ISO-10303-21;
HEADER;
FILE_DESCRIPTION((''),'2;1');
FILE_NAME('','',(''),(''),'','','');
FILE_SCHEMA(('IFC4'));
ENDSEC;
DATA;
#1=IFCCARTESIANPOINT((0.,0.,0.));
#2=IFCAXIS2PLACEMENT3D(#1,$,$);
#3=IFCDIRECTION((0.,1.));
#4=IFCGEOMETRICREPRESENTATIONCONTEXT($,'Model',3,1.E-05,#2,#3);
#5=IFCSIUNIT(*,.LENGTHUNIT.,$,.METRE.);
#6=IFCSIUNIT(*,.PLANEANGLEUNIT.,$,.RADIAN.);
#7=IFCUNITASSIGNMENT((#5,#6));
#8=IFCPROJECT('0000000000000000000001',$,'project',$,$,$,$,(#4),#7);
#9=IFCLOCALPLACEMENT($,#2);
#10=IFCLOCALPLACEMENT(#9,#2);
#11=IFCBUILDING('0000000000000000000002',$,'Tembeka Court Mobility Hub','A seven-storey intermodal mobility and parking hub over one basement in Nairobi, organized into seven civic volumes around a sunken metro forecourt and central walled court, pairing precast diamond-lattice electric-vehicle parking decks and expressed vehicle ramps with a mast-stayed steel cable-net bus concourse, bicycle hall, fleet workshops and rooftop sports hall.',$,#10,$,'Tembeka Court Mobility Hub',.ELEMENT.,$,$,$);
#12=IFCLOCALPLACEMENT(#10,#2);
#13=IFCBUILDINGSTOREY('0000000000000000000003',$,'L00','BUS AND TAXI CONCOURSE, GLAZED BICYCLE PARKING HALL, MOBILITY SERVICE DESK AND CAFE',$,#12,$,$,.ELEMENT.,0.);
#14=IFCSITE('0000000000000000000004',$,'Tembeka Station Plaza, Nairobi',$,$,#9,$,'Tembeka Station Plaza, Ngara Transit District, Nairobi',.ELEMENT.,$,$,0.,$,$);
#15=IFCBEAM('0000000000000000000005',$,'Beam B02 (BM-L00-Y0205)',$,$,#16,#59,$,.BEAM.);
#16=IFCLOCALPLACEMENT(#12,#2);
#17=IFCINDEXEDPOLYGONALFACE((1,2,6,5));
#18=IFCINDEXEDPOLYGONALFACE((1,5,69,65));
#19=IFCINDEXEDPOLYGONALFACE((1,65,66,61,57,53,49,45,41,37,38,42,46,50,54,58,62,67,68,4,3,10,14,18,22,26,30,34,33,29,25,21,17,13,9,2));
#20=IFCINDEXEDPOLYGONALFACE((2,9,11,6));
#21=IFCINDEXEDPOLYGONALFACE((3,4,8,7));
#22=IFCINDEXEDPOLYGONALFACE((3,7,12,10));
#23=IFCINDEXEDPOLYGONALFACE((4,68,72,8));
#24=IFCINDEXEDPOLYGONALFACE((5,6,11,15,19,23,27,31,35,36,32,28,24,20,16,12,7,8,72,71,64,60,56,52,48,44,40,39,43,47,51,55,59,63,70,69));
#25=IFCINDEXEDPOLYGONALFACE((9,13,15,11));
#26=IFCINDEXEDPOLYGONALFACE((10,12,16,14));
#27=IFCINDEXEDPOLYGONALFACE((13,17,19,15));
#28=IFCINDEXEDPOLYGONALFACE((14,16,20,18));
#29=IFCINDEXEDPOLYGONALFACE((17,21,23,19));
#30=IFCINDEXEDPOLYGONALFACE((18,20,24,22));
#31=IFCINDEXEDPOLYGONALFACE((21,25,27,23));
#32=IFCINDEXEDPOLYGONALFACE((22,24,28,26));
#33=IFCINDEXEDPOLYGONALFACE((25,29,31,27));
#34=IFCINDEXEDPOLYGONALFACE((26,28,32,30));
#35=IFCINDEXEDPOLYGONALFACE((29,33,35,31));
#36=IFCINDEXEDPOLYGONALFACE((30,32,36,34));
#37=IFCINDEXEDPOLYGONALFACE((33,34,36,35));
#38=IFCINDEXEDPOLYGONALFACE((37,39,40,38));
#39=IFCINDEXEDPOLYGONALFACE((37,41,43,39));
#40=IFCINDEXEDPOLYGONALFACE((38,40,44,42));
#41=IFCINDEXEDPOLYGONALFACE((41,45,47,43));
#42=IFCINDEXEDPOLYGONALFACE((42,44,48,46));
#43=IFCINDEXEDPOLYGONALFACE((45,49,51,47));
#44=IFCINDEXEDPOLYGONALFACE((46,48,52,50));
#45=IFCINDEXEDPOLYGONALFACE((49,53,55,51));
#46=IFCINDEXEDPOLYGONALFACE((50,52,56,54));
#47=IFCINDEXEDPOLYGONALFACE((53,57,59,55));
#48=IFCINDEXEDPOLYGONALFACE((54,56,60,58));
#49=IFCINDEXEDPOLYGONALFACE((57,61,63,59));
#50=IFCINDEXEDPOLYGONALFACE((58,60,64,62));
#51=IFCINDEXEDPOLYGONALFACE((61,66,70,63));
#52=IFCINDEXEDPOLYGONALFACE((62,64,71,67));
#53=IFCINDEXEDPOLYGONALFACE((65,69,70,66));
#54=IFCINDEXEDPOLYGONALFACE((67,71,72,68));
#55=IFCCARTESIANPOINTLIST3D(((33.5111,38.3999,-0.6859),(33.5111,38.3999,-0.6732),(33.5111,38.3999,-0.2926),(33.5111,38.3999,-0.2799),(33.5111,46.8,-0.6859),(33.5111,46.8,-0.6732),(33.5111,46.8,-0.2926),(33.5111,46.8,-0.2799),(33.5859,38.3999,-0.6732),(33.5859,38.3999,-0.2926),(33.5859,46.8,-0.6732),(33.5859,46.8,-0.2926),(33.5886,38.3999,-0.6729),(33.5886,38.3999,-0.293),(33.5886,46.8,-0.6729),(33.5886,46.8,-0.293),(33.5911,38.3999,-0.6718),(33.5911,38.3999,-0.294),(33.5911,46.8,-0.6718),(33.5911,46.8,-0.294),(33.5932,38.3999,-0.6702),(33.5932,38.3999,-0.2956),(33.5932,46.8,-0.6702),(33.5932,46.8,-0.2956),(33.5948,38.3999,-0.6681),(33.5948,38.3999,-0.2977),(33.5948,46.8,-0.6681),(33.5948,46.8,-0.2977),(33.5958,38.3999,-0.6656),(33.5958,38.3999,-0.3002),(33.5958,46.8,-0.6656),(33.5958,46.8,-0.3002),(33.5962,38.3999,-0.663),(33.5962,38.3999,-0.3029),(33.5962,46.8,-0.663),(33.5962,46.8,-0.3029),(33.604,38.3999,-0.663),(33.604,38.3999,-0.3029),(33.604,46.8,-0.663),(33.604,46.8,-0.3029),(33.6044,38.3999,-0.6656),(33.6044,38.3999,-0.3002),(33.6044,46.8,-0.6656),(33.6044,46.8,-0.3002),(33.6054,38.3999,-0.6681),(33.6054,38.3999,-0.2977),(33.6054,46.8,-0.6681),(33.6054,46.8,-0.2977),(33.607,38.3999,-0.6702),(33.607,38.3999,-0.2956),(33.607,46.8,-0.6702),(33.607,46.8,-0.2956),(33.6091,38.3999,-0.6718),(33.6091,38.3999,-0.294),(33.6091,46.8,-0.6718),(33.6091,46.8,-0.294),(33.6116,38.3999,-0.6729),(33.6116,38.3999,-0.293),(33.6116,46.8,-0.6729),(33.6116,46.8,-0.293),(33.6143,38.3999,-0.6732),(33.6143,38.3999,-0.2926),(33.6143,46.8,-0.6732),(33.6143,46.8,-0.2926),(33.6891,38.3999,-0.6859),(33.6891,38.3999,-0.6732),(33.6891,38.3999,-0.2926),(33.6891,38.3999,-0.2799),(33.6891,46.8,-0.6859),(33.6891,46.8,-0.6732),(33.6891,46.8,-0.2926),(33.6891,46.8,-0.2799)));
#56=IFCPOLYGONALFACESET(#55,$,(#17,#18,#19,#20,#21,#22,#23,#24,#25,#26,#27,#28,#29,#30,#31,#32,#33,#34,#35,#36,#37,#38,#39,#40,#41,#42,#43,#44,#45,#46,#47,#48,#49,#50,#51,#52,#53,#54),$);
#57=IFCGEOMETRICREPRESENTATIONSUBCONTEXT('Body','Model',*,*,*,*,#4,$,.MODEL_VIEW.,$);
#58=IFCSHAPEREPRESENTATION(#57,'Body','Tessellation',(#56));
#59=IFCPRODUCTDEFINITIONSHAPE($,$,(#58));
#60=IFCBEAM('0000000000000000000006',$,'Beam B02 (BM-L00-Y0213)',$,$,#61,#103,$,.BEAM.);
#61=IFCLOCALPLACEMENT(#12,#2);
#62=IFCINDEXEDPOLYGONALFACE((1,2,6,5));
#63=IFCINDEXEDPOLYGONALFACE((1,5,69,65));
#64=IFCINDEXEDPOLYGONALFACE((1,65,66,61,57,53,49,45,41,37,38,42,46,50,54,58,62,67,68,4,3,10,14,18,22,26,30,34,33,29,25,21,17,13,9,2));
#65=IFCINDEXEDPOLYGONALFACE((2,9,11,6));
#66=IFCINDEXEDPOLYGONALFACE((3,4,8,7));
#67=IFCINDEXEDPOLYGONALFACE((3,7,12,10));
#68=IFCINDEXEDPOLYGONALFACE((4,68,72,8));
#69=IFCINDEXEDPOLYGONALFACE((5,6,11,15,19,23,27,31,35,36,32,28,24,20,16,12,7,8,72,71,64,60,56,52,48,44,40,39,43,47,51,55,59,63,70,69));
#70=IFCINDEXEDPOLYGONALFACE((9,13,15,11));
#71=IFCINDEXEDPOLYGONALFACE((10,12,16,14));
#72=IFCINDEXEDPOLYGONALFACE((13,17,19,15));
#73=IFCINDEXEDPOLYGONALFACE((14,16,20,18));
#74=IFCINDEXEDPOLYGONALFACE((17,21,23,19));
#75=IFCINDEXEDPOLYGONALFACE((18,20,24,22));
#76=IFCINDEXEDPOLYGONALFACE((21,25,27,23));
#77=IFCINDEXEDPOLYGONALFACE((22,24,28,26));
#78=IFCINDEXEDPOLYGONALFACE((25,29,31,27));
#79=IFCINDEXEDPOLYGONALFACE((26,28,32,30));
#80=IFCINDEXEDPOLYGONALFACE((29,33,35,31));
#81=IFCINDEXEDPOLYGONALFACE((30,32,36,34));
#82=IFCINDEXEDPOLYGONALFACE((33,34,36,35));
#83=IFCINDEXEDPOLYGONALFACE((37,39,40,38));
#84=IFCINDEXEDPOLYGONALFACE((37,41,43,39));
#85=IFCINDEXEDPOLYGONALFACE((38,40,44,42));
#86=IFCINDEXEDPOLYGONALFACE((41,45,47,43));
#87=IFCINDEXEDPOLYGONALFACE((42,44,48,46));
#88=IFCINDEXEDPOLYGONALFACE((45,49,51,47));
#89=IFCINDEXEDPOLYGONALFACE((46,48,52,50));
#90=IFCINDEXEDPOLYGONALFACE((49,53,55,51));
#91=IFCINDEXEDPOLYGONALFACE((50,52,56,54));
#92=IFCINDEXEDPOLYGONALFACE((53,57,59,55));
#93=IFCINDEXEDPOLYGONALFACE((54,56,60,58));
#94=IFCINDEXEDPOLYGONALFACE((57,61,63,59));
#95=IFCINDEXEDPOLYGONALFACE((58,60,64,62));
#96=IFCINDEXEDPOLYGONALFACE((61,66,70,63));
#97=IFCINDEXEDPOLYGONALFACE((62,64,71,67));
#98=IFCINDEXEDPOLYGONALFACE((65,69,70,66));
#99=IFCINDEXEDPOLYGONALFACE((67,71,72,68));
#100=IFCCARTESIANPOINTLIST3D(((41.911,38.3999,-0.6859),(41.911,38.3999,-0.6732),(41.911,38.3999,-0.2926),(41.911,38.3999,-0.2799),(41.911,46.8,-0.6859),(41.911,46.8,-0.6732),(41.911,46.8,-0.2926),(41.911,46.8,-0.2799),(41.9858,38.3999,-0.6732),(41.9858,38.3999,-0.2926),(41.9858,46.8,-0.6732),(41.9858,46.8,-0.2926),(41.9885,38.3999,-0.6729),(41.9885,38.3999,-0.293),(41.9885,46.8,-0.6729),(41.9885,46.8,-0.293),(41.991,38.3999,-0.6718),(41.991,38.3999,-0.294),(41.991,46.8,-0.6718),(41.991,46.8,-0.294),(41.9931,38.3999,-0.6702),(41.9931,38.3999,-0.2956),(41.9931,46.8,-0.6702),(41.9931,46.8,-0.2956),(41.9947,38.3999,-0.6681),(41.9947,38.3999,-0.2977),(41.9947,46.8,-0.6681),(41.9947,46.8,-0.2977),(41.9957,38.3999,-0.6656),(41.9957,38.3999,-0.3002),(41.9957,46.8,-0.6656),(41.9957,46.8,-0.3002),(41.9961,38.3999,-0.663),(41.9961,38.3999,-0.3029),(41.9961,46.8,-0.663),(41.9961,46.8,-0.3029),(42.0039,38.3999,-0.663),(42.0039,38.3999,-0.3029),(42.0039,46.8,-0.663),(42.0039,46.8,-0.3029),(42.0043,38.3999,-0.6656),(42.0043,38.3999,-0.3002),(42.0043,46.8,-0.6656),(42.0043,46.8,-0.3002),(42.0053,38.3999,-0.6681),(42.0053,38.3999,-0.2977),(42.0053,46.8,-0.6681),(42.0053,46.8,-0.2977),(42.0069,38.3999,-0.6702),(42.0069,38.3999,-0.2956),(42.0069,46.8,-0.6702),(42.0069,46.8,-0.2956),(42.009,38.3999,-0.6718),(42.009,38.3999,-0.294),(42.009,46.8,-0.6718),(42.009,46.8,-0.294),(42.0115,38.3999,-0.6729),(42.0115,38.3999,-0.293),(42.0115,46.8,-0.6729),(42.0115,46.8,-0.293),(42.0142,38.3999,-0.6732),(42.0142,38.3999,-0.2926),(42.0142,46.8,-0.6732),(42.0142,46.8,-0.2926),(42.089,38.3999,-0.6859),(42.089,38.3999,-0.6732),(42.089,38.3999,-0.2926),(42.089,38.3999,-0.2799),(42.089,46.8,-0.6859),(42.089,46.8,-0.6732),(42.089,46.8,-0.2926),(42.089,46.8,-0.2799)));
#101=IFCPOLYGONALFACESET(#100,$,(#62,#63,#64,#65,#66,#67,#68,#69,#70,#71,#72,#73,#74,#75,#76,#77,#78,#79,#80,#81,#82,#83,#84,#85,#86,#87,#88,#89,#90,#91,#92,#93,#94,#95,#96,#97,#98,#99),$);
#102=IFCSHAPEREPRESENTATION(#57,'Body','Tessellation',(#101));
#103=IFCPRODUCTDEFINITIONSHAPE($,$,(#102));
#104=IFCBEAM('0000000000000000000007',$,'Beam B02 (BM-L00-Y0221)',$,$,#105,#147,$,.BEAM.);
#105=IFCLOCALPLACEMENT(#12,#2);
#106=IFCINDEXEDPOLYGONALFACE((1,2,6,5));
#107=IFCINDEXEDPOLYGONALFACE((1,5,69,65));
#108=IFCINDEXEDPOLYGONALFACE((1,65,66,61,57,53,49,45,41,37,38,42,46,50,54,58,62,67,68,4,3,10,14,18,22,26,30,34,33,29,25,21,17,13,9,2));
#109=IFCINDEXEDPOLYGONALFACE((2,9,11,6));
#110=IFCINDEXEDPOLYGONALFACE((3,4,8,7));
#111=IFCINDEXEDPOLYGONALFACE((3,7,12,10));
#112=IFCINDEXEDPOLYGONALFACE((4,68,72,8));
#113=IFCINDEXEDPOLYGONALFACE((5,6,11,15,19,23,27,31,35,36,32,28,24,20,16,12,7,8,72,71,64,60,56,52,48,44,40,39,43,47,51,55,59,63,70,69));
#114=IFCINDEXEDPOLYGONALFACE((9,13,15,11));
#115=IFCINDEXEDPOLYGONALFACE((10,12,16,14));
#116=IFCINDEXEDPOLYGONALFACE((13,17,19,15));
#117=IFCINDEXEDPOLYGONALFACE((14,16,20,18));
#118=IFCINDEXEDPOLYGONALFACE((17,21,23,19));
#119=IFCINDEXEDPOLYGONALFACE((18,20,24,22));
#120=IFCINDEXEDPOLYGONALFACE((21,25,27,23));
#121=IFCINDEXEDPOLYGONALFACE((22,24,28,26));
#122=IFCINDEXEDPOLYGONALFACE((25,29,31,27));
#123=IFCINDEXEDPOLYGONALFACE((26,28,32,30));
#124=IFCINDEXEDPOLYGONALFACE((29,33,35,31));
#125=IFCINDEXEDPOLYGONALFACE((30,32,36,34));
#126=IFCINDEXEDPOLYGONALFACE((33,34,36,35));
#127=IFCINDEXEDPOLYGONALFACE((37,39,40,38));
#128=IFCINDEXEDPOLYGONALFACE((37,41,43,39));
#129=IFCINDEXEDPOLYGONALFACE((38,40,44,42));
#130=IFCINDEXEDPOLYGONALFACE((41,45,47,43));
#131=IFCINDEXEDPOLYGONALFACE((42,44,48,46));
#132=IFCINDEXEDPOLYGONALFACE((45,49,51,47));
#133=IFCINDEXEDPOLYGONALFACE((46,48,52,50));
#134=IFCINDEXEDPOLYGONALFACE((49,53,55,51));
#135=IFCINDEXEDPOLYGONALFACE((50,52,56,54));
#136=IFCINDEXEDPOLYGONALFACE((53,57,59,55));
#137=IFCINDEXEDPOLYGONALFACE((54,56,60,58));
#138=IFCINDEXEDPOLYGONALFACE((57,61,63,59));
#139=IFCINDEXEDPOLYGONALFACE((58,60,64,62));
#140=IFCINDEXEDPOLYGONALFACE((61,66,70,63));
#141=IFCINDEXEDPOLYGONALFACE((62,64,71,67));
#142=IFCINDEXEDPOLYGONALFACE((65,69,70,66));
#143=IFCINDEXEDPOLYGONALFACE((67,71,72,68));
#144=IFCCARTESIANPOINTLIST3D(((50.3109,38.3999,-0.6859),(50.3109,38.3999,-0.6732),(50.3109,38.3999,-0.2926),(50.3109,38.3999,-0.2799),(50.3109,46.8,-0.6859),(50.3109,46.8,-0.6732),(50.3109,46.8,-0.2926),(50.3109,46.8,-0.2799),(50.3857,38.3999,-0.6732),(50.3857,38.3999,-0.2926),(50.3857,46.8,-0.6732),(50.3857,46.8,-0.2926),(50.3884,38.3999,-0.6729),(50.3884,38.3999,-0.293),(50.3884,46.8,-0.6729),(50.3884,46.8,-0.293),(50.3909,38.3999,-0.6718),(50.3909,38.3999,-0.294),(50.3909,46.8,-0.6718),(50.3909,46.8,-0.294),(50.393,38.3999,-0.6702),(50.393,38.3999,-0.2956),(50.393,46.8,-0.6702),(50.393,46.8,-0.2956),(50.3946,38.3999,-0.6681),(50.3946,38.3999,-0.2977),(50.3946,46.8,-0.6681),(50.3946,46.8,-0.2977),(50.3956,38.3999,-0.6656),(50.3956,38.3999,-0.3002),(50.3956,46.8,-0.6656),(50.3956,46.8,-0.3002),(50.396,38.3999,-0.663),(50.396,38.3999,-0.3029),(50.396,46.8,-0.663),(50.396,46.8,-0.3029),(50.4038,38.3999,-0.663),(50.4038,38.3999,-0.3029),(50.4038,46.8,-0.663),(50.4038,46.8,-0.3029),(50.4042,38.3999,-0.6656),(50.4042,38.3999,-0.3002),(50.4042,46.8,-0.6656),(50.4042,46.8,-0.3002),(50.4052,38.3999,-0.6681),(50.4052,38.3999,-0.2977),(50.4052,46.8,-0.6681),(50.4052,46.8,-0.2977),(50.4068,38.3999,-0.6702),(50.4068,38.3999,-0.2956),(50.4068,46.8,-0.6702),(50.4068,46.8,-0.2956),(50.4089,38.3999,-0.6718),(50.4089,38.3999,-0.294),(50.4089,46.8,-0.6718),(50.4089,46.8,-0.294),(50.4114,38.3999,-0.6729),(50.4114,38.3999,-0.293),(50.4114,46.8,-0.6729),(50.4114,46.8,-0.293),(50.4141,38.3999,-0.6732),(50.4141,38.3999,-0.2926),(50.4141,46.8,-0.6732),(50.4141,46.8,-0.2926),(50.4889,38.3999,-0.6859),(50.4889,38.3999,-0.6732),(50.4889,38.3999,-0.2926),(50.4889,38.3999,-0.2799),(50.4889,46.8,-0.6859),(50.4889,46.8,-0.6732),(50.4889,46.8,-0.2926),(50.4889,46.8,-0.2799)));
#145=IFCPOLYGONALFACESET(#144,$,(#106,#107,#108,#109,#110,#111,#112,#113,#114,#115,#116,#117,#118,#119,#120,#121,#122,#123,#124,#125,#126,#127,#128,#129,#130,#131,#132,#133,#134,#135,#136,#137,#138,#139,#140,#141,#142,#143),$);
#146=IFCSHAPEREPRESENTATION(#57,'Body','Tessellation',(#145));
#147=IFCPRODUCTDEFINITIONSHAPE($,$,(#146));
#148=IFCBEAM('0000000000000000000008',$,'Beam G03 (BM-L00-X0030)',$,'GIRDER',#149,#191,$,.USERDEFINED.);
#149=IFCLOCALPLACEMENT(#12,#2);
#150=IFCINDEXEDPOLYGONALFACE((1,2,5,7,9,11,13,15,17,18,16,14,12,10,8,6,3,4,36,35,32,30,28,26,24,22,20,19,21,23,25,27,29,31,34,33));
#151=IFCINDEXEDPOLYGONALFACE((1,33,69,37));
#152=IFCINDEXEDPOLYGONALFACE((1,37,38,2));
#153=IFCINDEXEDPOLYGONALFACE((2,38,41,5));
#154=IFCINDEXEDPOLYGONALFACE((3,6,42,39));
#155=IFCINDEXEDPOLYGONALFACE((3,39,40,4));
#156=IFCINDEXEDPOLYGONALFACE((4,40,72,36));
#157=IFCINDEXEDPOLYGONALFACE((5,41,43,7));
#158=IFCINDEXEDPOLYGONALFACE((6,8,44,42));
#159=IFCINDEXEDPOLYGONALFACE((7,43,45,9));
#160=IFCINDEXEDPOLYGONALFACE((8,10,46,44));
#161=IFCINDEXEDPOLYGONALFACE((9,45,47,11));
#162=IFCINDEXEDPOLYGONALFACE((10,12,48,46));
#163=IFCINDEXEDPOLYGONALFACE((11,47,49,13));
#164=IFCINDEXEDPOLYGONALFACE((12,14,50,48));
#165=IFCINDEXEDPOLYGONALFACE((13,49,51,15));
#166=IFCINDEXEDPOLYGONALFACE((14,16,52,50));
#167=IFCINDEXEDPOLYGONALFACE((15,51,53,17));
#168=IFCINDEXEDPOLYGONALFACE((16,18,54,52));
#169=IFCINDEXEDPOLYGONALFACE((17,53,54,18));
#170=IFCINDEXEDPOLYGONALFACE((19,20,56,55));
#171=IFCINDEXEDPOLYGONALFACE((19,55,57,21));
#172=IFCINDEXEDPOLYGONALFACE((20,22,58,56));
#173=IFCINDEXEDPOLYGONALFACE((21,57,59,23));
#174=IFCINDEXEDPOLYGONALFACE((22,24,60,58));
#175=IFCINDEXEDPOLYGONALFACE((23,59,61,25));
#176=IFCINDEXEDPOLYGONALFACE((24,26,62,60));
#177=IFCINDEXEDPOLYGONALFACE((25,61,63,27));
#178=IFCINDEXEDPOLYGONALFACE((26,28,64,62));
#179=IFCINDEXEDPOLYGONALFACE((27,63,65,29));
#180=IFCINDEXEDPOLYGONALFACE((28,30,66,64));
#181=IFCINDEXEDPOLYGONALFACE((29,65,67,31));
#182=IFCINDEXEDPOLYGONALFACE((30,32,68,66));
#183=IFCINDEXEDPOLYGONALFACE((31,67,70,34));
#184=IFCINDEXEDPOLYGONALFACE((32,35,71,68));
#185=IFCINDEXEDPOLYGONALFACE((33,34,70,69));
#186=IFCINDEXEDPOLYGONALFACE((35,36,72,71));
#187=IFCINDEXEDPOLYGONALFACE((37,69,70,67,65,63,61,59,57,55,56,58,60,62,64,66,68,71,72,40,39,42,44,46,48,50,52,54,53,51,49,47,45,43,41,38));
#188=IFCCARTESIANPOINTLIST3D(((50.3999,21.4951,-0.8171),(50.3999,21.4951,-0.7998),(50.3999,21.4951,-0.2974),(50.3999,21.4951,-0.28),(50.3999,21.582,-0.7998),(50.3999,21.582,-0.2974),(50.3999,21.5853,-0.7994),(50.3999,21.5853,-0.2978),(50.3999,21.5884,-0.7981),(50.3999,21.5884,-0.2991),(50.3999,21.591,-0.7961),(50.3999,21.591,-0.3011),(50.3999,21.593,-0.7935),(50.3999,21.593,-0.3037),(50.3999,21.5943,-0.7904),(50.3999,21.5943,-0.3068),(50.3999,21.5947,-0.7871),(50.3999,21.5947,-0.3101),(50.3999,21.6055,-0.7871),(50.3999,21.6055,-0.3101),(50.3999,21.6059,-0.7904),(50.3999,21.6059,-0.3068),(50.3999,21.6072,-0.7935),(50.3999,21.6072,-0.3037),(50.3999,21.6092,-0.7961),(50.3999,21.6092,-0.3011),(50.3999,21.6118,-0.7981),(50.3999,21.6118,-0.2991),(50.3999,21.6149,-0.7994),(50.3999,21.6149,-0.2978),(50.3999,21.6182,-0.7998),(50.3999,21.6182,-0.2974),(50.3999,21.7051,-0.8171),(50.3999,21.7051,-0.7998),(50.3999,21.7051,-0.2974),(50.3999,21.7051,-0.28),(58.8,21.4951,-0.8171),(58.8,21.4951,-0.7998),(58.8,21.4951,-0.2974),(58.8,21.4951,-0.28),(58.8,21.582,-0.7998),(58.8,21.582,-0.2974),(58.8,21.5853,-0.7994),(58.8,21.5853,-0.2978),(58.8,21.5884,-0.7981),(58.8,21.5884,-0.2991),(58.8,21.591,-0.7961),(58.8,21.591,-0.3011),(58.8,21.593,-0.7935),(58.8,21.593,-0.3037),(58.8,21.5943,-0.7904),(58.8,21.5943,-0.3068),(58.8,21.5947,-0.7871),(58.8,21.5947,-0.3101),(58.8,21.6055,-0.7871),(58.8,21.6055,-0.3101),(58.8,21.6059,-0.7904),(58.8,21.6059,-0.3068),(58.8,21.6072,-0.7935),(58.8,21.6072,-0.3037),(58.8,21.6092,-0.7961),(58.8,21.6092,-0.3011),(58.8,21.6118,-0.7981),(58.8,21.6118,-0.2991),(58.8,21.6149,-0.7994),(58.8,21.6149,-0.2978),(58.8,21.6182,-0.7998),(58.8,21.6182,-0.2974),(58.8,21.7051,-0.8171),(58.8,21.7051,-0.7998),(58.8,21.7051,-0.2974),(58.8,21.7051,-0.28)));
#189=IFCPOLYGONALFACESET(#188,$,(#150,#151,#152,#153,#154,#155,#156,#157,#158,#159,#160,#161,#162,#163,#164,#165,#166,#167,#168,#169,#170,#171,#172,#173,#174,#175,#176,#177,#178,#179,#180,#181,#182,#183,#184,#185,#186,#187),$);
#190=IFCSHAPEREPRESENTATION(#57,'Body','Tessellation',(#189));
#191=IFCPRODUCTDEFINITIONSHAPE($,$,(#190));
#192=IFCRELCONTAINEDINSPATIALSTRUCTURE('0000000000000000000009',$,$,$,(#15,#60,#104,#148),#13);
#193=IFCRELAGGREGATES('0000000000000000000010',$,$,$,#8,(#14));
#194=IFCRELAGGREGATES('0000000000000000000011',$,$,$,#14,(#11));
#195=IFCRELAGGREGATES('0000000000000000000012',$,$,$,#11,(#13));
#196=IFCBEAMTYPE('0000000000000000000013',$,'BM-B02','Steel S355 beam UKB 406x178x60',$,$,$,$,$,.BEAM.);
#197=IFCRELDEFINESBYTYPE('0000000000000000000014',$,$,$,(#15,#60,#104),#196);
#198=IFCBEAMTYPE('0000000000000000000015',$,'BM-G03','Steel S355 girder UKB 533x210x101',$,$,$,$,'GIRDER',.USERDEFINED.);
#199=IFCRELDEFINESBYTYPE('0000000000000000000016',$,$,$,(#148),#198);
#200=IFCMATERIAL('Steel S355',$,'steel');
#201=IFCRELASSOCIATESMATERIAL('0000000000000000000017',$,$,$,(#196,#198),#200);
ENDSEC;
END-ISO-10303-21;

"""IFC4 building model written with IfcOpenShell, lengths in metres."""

from ifc_helpers import new_model, si_unit, direction, frame, origin, origin_2d, place, context, subcontext, project, spatial, i_section, extrude, material, material_profile, profile_set, type_object, element, save


model = new_model("IFC4")

# Units and contexts
model_context = context("Model", 3, precision=1e-05, world=origin(), true_north=direction((0.0, 1.0)))
body_context = subcontext(model_context, "Body", "Model", "MODEL_VIEW")
ifc_project = project(units=[si_unit("LENGTHUNIT", "METRE"), si_unit("PLANEANGLEUNIT", "RADIAN")], contexts=[model_context])

# Site, building, storey
site_placement = place(None, origin())
site = spatial("IfcSite", under=ifc_project, at=site_placement, Name="Tembeka Station Plaza, Nairobi", LongName="Tembeka Station Plaza, Ngara Transit District, Nairobi", CompositionType="ELEMENT", RefElevation=0.0)
building_placement = place(site_placement, origin())
building = spatial("IfcBuilding", under=site, at=building_placement, Name="Tembeka Court Mobility Hub", Description="A seven-storey intermodal mobility and parking hub over one basement in Nairobi, organized into seven civic volumes around a sunken metro forecourt and central walled court, pairing precast diamond-lattice electric-vehicle parking decks and expressed vehicle ramps with a mast-stayed steel cable-net bus concourse, bicycle hall, fleet workshops and rooftop sports hall.", LongName="Tembeka Court Mobility Hub", CompositionType="ELEMENT")
storey_placement = place(building_placement, origin())
storey = spatial("IfcBuildingStorey", under=building, at=storey_placement, Name="L00", Description="BUS AND TAXI CONCOURSE, GLAZED BICYCLE PARKING HALL, MOBILITY SERVICE DESK AND CAFE", CompositionType="ELEMENT", Elevation=0.0)

# Shared definitions
ifc_material_1 = material(Name="Steel S355", Category="steel")

# Beams
ifc_material_profile_1 = material_profile(ifc_material_1, i_section(OverallWidth=0.178, OverallDepth=0.406, WebThickness=0.0078, FlangeThickness=0.0127, FilletRadius=0.0103, at=origin_2d()), Name="UKB 406x178x60")
ifc_profile_set_1 = profile_set([ifc_material_profile_1], Name="Steel S355")
beam_type_1 = type_object("IfcBeamType", Name="BM-B02", Description="Steel S355 beam UKB 406x178x60", PredefinedType="BEAM", material=ifc_profile_set_1)
for number, where, z_axis, x_axis, name in (
    (1, (33.6001, 38.3999, -0.4829), (0.0, 1.0, 0.0), (-1.0, 0.0, 0.0), "Beam B02 (BM-L00-Y0205)"),
    (2, (42.0, 38.3999, -0.4829), (0.0, 1.0, 0.0), (-1.0, 0.0, 0.0), "Beam B02 (BM-L00-Y0213)"),
    (3, (50.3999, 38.3999, -0.4829), (0.0, 1.0, 0.0), (-1.0, 0.0, 0.0), "Beam B02 (BM-L00-Y0221)"),
):
    element("IfcBeam", number, at=place(storey_placement, frame(where, z_axis=z_axis, x_axis=x_axis)), inside=storey, type_object=beam_type_1, Name=name, PredefinedType="BEAM", context=body_context, shape_type="SweptSolid", body=[
        extrude(i_section(OverallWidth=0.178, OverallDepth=0.406, WebThickness=0.0078, FlangeThickness=0.0127, FilletRadius=0.0103, at=origin_2d()), origin(), (0.0, 0.0, 1.0), 8.4001),
    ])
ifc_material_profile_2 = material_profile(ifc_material_1, i_section(OverallWidth=0.21, OverallDepth=0.5371, WebThickness=0.0107, FlangeThickness=0.0173, FilletRadius=0.0127, at=origin_2d()), Name="UKB 533x210x101")
ifc_profile_set_2 = profile_set([ifc_material_profile_2], Name="Steel S355")
beam_type_2 = type_object("IfcBeamType", Name="BM-G03", Description="Steel S355 girder UKB 533x210x101", ElementType="GIRDER", PredefinedType="USERDEFINED", material=ifc_profile_set_2)
beam_1_placement = place(storey_placement, frame((50.3999, 21.6001, -0.5486), z_axis=(1.0, 0.0, 0.0), x_axis=(0.0, 1.0, 0.0)))
element("IfcBeam", 4, at=beam_1_placement, inside=storey, type_object=beam_type_2, Name="Beam G03 (BM-L00-X0030)", ObjectType="GIRDER", PredefinedType="USERDEFINED", context=body_context, shape_type="SweptSolid", body=[
    extrude(i_section(OverallWidth=0.21, OverallDepth=0.5371, WebThickness=0.0107, FlangeThickness=0.0173, FilletRadius=0.0127, at=origin_2d()), origin(), (0.0, 0.0, 1.0), 8.4001),
])

save(model, "model.ifc")
